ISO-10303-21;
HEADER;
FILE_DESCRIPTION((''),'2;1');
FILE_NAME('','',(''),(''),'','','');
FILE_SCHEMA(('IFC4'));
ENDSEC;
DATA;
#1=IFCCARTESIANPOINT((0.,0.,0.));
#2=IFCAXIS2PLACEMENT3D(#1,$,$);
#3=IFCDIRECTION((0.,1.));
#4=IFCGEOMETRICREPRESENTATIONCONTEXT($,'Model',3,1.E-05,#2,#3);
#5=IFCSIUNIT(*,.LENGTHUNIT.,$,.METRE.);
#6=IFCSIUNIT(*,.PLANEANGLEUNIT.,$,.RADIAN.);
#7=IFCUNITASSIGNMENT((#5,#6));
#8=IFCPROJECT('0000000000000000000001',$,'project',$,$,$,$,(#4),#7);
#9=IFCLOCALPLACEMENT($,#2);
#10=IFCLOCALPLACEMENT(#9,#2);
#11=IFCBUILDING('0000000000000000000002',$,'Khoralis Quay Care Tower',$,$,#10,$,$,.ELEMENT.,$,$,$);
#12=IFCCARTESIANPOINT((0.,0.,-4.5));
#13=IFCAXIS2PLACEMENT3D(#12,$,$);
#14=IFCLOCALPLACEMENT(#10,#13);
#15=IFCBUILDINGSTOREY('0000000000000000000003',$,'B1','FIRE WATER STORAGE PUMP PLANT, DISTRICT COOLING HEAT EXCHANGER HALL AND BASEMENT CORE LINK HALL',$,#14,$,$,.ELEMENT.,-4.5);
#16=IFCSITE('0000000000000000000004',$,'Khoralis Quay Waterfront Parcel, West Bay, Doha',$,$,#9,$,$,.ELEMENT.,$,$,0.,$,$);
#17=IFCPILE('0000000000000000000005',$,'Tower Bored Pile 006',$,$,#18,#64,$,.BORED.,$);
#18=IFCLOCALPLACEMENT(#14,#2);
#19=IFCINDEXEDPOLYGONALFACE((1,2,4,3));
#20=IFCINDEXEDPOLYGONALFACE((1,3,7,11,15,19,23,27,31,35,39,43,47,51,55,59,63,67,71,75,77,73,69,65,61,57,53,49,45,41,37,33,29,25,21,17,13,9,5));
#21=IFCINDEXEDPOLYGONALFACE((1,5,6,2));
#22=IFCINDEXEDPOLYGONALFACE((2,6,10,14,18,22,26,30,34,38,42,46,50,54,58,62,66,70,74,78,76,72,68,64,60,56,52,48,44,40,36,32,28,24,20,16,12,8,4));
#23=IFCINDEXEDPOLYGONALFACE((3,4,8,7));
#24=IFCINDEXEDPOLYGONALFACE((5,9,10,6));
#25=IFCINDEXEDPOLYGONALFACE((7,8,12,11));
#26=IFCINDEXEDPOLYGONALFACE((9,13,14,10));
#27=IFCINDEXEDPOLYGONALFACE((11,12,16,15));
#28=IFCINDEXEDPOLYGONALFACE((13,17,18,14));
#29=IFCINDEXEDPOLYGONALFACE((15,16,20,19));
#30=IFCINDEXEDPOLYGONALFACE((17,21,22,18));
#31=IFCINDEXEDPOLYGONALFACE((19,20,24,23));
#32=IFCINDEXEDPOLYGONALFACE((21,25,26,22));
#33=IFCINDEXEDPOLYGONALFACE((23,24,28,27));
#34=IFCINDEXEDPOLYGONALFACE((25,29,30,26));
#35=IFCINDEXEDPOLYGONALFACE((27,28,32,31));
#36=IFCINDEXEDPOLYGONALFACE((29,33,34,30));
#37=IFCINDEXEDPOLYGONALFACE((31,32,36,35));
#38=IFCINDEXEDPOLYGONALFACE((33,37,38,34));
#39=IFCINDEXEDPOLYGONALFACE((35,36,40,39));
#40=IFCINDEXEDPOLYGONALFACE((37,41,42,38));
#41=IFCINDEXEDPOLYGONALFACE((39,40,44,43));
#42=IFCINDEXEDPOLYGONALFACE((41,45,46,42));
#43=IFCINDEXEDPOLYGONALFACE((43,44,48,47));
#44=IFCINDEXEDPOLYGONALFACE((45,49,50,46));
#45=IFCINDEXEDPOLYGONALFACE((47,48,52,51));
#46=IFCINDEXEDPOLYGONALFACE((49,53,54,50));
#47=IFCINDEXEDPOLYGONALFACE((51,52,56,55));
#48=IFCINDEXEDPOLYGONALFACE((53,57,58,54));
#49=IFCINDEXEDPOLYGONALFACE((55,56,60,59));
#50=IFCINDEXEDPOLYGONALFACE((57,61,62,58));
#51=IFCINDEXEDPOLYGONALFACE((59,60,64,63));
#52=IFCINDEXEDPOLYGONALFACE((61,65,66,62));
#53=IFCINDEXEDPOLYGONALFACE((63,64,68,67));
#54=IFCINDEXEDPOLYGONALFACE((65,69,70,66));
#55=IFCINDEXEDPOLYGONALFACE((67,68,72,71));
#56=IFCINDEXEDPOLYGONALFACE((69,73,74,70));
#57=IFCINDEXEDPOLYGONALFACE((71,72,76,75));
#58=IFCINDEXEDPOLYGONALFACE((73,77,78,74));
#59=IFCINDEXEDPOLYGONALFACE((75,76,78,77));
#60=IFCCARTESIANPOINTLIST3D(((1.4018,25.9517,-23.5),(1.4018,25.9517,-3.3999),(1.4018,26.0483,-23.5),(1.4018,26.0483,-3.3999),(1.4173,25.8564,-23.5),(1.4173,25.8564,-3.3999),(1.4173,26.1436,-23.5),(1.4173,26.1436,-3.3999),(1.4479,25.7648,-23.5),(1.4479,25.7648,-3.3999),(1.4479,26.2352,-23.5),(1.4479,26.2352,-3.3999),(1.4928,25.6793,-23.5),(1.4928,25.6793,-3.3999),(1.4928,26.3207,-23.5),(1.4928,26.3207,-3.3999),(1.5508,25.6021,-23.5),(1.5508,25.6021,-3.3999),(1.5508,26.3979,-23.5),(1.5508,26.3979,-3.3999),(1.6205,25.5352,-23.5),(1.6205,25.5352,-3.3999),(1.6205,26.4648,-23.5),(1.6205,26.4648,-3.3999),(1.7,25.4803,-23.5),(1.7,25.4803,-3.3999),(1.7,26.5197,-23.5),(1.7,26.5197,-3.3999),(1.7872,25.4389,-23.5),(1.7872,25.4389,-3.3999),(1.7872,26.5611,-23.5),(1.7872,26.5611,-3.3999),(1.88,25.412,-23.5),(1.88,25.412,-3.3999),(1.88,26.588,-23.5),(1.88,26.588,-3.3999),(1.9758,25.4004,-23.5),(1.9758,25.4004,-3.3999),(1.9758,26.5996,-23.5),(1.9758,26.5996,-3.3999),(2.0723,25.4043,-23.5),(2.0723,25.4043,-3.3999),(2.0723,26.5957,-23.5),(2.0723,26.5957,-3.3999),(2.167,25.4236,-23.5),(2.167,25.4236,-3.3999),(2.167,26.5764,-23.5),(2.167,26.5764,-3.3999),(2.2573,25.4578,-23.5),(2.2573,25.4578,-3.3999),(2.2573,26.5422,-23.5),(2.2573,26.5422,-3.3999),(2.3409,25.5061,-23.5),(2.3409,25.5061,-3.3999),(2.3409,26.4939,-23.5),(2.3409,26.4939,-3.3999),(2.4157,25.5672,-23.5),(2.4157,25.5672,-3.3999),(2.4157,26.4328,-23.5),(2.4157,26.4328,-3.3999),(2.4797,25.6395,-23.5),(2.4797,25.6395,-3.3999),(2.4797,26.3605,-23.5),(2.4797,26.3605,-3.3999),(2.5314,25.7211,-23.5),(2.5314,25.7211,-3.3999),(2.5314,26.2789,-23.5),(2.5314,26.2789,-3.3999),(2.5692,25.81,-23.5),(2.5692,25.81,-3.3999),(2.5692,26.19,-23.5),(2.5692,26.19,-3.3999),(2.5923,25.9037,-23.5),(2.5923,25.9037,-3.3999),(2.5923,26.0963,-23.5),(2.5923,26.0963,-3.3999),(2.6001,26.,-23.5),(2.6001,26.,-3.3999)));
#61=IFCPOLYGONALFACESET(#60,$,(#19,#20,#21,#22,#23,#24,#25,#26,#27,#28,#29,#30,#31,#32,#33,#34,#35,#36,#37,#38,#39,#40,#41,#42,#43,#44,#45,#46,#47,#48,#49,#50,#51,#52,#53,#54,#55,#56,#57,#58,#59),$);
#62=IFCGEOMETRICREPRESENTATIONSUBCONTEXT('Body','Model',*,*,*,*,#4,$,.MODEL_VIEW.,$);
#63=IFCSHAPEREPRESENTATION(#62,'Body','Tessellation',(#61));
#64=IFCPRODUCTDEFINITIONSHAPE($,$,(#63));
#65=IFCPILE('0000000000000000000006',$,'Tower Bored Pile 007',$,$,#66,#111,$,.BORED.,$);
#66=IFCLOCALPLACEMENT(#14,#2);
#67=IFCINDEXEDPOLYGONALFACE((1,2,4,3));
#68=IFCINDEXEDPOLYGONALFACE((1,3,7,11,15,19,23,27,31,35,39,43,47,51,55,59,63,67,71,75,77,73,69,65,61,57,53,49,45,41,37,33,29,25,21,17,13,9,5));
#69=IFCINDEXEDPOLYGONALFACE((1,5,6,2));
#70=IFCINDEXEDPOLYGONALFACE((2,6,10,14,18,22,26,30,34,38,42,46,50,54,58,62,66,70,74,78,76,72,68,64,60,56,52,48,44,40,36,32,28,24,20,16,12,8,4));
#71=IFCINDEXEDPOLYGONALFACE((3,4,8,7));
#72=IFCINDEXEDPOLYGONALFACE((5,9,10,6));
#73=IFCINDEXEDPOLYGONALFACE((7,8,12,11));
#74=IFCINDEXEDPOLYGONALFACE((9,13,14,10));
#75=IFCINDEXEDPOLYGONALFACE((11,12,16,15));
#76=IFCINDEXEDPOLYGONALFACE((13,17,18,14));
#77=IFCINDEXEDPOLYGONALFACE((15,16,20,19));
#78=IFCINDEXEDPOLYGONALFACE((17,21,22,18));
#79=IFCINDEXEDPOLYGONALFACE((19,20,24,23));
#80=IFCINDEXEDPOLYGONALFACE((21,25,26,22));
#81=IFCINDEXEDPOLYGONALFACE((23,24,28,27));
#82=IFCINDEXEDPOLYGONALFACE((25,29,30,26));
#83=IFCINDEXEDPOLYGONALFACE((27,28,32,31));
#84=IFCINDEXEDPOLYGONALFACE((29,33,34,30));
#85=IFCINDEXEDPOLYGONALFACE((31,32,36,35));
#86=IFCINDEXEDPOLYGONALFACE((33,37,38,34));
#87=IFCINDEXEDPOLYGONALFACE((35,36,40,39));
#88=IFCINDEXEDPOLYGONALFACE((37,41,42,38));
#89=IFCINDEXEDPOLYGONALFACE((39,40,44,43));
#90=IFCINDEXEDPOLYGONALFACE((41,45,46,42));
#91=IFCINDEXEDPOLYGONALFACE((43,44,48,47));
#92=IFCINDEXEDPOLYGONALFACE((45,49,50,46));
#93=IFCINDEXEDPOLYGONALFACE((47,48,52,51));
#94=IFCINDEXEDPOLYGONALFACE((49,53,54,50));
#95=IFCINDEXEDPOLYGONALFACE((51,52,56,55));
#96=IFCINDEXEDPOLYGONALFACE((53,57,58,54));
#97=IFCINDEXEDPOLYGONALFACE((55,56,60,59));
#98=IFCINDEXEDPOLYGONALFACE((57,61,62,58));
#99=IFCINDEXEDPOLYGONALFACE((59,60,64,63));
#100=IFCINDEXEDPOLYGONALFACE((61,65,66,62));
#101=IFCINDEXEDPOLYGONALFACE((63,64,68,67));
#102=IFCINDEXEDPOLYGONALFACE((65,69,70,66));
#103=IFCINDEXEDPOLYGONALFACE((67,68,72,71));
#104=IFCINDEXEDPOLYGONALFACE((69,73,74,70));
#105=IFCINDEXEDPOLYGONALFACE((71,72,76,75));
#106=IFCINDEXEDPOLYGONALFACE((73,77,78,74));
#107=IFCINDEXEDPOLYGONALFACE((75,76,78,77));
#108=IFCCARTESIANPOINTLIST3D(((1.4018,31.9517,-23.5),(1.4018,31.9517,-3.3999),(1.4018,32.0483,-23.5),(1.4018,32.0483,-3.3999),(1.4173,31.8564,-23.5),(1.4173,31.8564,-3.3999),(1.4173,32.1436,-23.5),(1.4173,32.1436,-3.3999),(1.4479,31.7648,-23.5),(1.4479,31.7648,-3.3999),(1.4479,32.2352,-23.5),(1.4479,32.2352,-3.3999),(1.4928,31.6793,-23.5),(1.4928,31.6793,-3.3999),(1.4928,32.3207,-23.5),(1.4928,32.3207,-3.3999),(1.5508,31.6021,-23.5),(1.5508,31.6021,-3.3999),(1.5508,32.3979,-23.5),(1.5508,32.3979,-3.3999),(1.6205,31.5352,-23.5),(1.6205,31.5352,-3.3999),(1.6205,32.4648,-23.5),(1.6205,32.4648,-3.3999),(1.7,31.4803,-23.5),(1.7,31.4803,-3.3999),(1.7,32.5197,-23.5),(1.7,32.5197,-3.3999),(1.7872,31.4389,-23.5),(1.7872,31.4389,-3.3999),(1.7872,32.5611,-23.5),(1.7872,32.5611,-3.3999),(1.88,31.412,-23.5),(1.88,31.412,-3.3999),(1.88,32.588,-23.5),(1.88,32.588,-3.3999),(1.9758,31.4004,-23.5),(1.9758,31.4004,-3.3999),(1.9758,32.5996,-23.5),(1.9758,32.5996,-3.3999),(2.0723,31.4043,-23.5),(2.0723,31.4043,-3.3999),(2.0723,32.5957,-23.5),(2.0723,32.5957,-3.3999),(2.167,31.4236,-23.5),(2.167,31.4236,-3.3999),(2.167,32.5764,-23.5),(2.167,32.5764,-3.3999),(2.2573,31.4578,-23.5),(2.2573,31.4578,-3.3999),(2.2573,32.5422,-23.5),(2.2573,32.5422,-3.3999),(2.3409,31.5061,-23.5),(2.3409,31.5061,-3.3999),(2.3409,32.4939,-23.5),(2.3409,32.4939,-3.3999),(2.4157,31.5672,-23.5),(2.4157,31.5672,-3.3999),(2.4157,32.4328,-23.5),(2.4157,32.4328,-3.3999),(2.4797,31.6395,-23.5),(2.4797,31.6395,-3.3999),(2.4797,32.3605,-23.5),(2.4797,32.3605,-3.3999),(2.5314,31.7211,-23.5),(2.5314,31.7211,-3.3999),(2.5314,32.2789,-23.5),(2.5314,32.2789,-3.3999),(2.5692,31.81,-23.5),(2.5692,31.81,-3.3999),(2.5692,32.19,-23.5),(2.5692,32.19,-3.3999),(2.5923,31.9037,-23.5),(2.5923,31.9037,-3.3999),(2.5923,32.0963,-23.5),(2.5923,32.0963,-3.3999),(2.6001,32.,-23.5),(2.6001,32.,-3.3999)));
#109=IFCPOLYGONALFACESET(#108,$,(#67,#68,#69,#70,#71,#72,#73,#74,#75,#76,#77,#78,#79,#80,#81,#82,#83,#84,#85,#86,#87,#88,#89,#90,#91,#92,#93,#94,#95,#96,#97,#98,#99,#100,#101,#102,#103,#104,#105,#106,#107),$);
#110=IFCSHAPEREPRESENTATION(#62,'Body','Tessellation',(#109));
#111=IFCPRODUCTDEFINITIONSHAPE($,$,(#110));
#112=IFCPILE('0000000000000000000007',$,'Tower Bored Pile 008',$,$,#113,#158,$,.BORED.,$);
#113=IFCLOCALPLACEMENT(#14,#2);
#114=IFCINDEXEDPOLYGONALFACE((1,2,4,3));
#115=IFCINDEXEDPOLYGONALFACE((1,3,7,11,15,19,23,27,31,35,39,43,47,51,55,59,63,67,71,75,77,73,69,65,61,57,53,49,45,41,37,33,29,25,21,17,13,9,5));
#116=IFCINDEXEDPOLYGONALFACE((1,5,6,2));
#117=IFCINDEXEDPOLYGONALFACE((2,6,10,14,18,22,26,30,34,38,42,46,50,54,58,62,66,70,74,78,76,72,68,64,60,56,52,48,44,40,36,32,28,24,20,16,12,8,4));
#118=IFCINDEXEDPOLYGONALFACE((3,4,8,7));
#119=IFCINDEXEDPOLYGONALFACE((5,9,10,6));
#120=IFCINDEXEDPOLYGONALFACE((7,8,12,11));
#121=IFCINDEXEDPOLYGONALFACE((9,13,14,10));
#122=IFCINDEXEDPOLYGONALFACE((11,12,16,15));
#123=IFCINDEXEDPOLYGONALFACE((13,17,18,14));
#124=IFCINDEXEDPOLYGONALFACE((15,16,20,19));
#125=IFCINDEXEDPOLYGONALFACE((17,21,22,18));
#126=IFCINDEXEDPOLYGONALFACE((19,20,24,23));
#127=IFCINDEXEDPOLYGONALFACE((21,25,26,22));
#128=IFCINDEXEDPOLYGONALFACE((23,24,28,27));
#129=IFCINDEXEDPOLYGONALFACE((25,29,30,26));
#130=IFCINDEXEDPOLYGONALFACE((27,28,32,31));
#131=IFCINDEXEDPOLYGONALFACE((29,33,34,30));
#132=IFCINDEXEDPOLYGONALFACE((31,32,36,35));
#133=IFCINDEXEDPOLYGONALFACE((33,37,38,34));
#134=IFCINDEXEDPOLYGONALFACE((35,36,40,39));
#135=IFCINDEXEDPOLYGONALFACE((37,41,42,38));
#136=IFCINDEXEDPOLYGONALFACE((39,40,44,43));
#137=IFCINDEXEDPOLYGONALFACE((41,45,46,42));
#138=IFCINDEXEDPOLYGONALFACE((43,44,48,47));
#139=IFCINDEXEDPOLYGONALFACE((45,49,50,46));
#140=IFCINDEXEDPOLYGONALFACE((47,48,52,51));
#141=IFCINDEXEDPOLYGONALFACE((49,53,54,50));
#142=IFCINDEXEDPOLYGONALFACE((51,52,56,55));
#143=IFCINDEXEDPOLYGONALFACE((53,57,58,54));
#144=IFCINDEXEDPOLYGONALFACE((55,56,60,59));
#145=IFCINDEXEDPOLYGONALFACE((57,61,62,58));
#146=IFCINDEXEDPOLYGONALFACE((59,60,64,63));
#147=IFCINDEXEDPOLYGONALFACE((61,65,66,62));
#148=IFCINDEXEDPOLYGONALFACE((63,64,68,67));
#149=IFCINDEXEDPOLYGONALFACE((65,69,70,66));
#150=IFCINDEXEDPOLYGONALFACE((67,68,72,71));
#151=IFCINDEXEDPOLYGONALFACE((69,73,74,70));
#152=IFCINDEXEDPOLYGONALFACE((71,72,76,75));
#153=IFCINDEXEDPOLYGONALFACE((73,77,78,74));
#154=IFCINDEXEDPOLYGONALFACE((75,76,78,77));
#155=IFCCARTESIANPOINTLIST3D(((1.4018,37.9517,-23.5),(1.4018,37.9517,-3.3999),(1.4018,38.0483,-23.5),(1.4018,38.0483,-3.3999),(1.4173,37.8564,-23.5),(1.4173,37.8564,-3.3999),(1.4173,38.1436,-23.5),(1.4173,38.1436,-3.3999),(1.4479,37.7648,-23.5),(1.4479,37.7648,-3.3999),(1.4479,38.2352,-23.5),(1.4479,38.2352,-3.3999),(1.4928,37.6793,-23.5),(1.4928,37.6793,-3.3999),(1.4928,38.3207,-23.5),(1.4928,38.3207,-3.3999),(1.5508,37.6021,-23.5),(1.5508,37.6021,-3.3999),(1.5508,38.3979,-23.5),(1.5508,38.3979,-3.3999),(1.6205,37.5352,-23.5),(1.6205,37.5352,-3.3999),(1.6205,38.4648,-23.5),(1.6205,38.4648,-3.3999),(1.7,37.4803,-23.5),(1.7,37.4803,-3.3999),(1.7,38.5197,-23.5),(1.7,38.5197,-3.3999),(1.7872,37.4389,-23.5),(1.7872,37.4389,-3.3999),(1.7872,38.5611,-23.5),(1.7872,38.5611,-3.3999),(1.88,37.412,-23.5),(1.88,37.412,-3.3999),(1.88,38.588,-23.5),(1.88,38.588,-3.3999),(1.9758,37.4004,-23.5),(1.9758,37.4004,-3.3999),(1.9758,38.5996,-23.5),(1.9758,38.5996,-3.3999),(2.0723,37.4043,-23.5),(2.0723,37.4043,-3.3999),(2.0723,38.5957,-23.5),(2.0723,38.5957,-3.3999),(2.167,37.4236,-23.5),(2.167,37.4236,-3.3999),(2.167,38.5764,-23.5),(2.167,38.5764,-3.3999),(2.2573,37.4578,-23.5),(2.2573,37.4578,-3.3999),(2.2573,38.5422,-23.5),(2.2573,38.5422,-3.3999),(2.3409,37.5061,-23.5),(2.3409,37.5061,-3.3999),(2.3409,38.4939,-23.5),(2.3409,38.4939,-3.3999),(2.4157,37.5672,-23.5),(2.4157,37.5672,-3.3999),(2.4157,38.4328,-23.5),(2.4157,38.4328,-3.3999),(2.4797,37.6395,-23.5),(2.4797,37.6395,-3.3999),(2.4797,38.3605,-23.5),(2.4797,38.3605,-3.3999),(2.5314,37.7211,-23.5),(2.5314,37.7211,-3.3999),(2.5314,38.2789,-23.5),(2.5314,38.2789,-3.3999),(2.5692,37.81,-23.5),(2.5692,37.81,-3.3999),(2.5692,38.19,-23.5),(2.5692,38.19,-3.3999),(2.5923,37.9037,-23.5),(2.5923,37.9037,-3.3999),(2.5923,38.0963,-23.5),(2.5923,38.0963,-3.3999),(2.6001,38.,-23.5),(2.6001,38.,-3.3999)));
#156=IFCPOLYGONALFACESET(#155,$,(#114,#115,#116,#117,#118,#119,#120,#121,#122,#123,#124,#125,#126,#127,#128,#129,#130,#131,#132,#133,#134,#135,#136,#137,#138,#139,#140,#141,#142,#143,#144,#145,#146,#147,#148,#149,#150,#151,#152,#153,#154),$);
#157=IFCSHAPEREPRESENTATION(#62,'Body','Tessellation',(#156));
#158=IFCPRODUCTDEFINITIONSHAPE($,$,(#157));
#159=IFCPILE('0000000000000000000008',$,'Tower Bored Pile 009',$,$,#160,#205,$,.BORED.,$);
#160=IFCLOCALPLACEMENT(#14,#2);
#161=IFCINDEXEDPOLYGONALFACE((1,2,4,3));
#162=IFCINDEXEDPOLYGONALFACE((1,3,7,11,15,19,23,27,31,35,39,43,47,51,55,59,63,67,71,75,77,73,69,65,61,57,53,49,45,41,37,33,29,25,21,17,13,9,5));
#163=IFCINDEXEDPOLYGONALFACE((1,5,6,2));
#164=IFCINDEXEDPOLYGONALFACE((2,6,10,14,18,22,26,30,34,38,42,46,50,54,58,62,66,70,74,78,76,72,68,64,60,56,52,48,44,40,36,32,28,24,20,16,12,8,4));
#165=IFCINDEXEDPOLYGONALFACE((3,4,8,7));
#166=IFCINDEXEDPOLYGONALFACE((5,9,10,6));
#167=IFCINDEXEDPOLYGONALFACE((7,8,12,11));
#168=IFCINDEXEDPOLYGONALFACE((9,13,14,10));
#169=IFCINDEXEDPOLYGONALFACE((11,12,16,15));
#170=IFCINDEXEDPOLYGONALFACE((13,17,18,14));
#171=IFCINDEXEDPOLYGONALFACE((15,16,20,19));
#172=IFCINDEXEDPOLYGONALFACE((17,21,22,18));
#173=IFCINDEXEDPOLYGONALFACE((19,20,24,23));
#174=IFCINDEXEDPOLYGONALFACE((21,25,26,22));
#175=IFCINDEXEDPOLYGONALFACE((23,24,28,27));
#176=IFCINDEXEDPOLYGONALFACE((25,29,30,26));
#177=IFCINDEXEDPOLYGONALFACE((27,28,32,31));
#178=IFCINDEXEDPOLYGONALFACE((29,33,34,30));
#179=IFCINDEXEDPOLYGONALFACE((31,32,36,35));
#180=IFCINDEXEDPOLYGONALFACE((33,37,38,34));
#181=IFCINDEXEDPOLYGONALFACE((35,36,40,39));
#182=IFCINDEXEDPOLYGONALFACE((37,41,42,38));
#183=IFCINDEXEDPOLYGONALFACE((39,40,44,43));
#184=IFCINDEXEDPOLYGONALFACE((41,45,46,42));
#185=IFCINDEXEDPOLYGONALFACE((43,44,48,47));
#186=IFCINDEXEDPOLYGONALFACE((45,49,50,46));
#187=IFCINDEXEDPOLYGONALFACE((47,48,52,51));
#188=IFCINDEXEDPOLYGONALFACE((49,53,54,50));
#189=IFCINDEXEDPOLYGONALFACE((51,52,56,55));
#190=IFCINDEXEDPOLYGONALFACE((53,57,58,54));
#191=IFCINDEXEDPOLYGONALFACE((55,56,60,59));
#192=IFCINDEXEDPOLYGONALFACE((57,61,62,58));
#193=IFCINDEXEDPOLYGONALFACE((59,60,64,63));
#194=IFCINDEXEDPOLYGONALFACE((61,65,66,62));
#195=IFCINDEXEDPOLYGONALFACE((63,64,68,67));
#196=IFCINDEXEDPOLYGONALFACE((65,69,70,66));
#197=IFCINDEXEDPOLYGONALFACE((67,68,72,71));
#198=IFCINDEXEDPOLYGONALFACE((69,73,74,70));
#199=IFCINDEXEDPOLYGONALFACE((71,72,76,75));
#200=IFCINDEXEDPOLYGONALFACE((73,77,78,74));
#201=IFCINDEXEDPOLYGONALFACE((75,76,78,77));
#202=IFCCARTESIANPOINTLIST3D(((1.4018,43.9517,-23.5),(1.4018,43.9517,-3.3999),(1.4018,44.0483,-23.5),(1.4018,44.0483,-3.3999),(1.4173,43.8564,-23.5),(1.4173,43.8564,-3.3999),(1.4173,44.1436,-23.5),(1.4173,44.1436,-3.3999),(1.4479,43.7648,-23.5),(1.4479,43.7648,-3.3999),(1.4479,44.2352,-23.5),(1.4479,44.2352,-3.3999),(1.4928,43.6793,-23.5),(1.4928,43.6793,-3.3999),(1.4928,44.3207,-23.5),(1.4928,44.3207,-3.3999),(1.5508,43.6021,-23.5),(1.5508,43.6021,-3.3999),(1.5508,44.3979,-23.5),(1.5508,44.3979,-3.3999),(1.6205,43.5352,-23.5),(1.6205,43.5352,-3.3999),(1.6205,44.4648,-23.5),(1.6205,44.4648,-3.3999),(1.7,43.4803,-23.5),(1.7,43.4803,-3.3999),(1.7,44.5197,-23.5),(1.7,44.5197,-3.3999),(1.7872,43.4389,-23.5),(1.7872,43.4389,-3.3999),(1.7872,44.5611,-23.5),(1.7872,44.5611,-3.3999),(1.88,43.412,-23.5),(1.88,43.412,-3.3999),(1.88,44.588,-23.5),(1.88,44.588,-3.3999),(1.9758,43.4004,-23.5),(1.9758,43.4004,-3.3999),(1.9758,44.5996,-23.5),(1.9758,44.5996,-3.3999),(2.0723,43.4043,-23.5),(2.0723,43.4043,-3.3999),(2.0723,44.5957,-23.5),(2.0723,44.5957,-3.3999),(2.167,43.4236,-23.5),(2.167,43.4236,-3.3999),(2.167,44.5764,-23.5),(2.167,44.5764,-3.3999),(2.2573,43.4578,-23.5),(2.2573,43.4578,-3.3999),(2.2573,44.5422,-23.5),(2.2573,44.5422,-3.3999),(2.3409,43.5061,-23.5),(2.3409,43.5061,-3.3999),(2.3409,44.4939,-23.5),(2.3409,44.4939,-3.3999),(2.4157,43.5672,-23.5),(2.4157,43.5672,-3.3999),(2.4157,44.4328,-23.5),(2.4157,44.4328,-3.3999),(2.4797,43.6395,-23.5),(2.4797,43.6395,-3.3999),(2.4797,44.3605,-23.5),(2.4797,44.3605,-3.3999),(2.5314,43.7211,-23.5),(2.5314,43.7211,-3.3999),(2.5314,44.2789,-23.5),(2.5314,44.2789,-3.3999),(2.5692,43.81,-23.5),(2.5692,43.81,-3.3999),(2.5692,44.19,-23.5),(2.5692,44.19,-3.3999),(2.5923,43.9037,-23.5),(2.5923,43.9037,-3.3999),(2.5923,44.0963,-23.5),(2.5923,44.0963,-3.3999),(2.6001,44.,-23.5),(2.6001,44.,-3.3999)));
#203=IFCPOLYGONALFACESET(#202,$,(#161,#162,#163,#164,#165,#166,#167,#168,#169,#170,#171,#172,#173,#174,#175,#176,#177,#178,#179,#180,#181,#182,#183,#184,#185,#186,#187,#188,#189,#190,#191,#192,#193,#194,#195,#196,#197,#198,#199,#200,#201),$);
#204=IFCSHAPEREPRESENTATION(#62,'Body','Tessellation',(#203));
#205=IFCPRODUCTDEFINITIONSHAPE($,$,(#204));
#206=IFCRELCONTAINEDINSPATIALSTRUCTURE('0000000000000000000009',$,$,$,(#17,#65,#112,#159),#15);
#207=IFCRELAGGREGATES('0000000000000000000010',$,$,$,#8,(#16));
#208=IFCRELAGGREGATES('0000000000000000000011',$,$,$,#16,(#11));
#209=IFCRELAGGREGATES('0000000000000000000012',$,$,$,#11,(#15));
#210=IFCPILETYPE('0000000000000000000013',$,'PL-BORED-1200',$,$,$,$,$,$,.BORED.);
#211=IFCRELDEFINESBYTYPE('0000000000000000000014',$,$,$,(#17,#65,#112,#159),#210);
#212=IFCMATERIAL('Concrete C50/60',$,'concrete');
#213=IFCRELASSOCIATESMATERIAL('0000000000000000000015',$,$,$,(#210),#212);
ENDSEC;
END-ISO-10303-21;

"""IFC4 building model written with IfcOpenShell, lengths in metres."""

from ifc_helpers import new_model, si_unit, direction, frame, origin, origin_2d, place, context, subcontext, project, spatial, circle, extrude, source, transform, mapped, material, material_profile, profile_set, type_object, element, save


model = new_model("IFC4")

# Units and contexts
model_context = context("Model", 3, precision=1e-05, world=origin(), true_north=direction((0.0, 1.0)))
body_context = subcontext(model_context, "Body", "Model", "MODEL_VIEW")
ifc_project = project(units=[si_unit("LENGTHUNIT", "METRE"), si_unit("PLANEANGLEUNIT", "RADIAN")], contexts=[model_context])

# Site, building, storey
site_placement = place(None, origin())
site = spatial("IfcSite", under=ifc_project, at=site_placement, Name="Khoralis Quay Waterfront Parcel, West Bay, Doha", CompositionType="ELEMENT", RefElevation=0.0)
building_placement = place(site_placement, origin())
building = spatial("IfcBuilding", under=site, at=building_placement, Name="Khoralis Quay Care Tower", CompositionType="ELEMENT")
storey_placement = place(building_placement, frame((0.0, 0.0, -4.5)))
storey = spatial("IfcBuildingStorey", under=building, at=storey_placement, Name="B1", Description="FIRE WATER STORAGE PUMP PLANT, DISTRICT COOLING HEAT EXCHANGER HALL AND BASEMENT CORE LINK HALL", CompositionType="ELEMENT", Elevation=-4.5)

# Piles
ifc_material_1 = material(Name="Concrete C50/60", Category="concrete")
ifc_material_profile_1 = material_profile(ifc_material_1, circle(Radius=0.6001, at=origin_2d()), Name="Concrete C50/60")
ifc_profile_set_1 = profile_set([ifc_material_profile_1], Name="Concrete C50/60")
pile_type_1 = type_object("IfcPileType", Name="PL-BORED-1200", PredefinedType="BORED", material=ifc_profile_set_1)
shared_shape_1 = source(origin(), body_context, "Body", "SweptSolid", [
    extrude(circle(Radius=0.6001, at=origin_2d()), origin(), (0.0, 0.0, 1.0), 20.1001),
])
for number, where, z_axis, x_axis, name in (
    (1, (2.0, 26.0, -3.3999), (0.0, 0.0, -1.0), (1.0, 0.0, 0.0), "Tower Bored Pile 006"),
    (2, (2.0, 32.0, -3.3999), (0.0, 0.0, -1.0), (1.0, 0.0, 0.0), "Tower Bored Pile 007"),
    (3, (2.0, 38.0, -3.3999), (0.0, 0.0, -1.0), (1.0, 0.0, 0.0), "Tower Bored Pile 008"),
    (4, (2.0, 44.0, -3.3999), (0.0, 0.0, -1.0), (1.0, 0.0, 0.0), "Tower Bored Pile 009"),
):
    element("IfcPile", number, at=place(storey_placement, frame(where, z_axis=z_axis, x_axis=x_axis)), inside=storey, type_object=pile_type_1, Name=name, PredefinedType="BORED", context=body_context, shape_type="MappedRepresentation", body=[
        mapped(shared_shape_1, transform((0.0, 0.0, 0.0), scale=1.0)),
    ])

save(model, "model.ifc")
